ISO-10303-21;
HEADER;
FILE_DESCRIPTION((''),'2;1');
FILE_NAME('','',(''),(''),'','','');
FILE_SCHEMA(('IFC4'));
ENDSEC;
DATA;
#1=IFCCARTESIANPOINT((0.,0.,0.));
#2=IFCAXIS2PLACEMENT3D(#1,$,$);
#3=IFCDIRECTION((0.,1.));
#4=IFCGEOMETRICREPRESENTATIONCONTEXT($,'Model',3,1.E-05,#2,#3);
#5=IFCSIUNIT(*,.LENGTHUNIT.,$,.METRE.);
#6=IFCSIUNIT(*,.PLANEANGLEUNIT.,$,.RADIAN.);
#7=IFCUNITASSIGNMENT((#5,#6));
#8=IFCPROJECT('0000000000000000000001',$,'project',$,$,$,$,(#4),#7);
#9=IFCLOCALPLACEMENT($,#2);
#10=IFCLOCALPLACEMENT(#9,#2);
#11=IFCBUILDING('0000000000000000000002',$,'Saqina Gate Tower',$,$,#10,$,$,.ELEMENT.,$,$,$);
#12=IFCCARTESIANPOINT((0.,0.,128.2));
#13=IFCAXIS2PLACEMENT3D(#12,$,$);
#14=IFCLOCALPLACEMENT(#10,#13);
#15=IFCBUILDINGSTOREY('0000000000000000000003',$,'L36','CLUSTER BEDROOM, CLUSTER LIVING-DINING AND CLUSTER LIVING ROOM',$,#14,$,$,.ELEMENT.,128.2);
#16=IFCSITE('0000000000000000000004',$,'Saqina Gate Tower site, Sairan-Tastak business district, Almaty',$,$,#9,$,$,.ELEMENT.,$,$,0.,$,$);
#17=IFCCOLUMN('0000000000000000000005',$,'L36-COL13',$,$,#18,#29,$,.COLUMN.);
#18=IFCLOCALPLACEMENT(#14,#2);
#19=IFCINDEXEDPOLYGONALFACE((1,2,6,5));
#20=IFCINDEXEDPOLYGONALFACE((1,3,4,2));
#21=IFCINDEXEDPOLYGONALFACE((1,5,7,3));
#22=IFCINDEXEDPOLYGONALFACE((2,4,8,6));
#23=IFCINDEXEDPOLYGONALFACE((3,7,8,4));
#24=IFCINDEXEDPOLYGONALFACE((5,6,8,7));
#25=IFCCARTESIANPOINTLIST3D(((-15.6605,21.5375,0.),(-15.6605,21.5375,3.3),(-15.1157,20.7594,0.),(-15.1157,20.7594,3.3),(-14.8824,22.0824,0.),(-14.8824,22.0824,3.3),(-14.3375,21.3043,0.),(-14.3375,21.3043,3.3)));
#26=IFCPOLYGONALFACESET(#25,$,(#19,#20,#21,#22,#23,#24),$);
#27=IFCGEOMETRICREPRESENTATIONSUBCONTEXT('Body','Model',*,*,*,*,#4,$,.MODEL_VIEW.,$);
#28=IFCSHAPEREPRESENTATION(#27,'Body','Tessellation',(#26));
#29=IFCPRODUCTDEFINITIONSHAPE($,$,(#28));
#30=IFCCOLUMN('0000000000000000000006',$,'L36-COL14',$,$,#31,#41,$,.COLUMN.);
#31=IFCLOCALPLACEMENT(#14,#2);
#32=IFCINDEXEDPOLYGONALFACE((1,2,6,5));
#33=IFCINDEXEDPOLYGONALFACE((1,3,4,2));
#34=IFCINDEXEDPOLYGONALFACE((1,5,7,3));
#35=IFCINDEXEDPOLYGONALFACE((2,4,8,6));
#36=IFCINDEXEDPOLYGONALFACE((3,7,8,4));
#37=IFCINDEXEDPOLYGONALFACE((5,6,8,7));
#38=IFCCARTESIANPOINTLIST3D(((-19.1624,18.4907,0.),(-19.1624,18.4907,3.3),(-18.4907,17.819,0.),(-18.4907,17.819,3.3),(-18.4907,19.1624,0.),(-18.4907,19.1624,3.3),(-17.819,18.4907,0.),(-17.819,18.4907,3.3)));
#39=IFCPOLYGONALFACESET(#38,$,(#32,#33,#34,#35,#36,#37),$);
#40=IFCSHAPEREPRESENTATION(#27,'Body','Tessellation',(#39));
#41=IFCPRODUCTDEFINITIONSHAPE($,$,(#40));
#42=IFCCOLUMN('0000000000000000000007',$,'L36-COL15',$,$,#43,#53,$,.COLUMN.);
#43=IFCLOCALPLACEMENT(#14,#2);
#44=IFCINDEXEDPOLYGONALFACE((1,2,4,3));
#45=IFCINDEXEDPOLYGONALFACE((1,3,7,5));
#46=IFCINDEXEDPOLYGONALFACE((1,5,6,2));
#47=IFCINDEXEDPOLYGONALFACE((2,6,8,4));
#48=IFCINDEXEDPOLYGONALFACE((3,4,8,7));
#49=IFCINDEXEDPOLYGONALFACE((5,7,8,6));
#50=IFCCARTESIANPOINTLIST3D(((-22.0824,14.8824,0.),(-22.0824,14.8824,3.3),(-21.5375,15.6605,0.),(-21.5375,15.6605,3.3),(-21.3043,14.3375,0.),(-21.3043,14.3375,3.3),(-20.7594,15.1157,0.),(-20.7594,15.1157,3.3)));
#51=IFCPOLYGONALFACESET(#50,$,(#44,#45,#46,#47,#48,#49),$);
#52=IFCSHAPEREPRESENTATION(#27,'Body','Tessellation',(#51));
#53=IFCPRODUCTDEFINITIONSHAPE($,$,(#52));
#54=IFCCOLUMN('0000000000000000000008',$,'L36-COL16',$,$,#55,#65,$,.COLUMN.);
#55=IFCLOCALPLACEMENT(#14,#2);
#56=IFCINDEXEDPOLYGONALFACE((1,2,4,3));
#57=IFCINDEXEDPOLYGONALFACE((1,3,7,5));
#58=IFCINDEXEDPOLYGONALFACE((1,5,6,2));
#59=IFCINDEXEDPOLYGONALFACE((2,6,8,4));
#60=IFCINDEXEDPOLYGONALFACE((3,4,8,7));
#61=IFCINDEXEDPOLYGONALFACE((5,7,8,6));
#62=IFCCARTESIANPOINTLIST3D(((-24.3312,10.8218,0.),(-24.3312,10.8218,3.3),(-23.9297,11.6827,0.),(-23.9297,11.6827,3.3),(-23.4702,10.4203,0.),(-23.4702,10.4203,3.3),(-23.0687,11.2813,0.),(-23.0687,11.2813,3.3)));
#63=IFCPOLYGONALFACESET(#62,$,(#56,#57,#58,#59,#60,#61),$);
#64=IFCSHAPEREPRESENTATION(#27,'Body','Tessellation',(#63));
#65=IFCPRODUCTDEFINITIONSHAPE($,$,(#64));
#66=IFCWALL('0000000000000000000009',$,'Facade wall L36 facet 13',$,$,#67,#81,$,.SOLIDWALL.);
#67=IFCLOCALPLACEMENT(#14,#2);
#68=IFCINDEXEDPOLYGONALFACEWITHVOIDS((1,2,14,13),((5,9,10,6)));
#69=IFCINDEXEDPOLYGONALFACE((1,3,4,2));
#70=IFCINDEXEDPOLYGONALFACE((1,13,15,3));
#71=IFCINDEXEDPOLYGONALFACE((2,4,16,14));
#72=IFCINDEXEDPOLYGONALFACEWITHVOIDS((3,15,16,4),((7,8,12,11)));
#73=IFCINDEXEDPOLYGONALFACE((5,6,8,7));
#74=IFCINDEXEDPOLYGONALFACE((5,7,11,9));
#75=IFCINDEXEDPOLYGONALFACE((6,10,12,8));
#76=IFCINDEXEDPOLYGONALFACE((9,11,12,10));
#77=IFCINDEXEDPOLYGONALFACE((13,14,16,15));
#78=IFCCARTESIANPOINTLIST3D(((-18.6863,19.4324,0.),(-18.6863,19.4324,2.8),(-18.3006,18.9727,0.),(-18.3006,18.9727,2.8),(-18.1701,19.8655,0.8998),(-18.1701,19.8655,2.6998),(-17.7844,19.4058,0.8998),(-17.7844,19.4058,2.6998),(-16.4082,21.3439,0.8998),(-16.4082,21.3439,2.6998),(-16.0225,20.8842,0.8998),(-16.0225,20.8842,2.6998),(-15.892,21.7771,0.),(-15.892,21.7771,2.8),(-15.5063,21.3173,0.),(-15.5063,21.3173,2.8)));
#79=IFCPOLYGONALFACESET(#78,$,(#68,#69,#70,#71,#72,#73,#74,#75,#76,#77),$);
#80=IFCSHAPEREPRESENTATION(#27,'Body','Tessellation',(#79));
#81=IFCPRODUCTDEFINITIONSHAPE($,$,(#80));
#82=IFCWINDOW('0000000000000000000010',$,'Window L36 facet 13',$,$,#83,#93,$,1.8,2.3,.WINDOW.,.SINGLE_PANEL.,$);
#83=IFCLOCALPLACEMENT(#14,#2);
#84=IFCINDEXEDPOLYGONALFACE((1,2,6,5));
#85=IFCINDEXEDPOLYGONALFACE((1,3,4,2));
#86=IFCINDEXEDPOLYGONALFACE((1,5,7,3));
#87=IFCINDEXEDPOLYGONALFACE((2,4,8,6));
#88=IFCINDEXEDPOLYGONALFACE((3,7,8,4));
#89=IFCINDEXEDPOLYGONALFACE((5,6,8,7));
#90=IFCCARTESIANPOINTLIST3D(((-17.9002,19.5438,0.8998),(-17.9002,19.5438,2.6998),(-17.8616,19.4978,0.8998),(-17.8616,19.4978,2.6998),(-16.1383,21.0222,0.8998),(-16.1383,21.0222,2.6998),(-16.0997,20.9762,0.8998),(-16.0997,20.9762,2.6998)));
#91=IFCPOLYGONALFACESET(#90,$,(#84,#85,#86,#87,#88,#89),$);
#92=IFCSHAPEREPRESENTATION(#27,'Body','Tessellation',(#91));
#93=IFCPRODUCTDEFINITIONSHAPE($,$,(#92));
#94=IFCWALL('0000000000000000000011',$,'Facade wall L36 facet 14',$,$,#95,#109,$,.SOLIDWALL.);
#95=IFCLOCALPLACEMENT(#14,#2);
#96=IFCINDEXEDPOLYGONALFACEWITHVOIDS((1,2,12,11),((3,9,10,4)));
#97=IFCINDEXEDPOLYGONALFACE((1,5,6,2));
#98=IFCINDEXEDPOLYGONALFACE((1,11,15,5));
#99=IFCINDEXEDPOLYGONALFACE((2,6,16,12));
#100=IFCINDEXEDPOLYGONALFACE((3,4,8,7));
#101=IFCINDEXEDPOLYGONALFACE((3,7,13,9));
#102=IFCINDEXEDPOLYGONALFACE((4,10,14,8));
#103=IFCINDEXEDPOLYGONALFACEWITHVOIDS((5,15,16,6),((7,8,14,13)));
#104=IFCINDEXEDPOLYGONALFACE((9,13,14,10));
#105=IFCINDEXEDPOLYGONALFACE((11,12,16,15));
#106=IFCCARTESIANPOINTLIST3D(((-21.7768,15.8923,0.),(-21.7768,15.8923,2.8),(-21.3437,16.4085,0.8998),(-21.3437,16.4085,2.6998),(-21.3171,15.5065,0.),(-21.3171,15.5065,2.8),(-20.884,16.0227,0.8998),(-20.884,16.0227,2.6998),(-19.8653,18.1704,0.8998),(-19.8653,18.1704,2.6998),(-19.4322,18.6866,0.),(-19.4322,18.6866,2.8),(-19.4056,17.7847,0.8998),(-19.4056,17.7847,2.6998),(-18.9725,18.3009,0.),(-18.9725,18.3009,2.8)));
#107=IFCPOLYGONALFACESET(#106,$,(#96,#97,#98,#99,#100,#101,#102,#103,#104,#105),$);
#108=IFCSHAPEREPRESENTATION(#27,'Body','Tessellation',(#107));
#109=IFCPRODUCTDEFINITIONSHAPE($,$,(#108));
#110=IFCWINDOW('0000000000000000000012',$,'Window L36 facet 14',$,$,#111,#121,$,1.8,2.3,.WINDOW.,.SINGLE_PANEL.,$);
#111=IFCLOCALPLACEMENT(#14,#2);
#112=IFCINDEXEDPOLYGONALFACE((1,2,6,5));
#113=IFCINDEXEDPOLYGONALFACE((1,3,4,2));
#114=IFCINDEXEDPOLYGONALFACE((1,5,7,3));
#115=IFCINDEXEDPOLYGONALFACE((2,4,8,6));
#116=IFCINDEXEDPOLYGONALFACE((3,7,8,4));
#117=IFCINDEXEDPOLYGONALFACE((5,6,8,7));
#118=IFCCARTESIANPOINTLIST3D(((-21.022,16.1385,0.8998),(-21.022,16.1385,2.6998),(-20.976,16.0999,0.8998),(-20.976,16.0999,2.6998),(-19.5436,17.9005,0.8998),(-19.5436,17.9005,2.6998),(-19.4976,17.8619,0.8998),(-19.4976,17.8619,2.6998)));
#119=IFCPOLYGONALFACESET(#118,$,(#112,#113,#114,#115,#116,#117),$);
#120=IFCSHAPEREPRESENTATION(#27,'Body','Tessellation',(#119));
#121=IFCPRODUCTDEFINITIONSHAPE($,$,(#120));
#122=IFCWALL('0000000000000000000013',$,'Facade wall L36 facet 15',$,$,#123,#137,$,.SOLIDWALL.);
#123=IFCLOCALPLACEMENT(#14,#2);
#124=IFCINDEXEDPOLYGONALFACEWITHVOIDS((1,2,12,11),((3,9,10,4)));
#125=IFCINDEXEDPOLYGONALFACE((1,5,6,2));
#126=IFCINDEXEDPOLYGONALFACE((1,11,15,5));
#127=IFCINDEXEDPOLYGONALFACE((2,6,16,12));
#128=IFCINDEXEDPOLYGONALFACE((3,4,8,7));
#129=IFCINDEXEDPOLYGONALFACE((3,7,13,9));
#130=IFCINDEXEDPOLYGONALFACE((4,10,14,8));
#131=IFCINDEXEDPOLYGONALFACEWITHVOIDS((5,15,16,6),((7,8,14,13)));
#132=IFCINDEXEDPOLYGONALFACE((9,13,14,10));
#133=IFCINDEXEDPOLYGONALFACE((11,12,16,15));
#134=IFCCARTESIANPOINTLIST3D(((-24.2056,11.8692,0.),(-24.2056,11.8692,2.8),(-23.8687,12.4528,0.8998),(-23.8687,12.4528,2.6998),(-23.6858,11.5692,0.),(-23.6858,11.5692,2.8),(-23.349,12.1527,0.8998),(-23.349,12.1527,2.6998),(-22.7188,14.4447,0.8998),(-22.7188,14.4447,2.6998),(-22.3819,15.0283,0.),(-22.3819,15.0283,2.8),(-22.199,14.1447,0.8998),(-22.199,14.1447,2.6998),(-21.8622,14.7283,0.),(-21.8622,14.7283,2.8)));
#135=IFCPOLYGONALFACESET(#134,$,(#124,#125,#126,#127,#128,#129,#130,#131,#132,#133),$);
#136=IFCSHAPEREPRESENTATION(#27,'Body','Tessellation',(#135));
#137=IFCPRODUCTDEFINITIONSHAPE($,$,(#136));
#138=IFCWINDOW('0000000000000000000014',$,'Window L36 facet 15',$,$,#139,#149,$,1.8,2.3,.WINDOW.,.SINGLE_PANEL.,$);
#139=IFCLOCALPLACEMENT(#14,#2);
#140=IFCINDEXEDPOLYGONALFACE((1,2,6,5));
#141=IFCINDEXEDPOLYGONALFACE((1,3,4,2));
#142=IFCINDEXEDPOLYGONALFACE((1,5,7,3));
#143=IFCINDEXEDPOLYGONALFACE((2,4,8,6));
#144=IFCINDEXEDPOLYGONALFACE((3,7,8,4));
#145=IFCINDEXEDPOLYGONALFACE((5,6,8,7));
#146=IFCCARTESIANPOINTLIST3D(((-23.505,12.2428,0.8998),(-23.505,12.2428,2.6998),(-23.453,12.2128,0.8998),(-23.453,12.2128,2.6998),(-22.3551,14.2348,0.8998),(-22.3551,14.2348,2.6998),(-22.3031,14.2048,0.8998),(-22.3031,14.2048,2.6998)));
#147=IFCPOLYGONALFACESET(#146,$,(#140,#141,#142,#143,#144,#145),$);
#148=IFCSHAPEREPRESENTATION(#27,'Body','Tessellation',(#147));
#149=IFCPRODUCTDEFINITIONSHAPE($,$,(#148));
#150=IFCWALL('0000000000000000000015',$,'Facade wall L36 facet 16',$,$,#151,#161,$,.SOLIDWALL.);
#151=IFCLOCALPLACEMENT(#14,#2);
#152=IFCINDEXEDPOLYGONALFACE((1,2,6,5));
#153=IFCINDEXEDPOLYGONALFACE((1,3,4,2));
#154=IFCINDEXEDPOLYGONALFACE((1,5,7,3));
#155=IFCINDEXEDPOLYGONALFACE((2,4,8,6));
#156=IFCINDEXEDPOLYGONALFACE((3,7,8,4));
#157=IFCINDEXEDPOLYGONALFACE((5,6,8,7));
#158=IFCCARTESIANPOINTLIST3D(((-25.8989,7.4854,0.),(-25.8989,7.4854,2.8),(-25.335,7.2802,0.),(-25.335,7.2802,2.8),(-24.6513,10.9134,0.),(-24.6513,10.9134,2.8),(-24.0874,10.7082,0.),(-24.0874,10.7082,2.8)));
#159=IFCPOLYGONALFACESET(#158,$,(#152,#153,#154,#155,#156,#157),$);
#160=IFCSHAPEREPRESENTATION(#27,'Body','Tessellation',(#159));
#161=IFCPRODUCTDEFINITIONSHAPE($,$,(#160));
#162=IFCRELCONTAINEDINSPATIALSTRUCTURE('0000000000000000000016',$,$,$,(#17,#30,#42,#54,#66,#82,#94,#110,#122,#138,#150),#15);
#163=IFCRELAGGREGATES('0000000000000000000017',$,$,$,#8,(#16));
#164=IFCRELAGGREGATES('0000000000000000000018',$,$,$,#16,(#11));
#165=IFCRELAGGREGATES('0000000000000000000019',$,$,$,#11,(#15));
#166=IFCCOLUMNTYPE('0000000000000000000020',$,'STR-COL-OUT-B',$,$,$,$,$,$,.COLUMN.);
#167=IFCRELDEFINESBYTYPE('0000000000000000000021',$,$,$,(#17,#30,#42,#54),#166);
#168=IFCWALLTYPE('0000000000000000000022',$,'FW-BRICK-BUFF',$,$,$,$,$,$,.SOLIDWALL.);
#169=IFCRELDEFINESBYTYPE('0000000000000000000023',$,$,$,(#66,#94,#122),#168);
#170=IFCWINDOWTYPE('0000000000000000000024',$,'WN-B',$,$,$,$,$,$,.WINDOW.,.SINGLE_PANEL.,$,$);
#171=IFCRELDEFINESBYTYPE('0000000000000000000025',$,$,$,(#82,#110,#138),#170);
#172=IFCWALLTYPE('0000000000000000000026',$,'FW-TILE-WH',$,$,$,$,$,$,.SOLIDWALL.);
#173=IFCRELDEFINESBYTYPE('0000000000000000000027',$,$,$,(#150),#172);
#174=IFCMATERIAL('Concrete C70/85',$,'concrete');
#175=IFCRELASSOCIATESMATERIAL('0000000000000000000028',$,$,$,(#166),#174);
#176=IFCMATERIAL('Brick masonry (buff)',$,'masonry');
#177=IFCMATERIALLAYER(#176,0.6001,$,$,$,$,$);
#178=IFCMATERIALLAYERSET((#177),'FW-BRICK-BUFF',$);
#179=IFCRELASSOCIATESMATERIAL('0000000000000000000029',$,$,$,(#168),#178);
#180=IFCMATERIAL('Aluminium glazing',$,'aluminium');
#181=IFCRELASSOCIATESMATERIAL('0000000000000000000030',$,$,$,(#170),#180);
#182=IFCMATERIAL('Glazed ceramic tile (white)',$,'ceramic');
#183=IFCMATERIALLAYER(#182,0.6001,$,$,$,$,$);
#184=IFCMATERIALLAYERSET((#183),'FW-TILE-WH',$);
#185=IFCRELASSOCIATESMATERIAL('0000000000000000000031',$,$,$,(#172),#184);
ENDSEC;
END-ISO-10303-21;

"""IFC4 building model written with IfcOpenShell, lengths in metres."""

from ifc_helpers import new_model, si_unit, direction, frame, frame_2d, origin, origin_2d, place, context, subcontext, project, spatial, rectangle, extrude, material, layer, layer_set, material_profile, profile_set, type_object, element, fill, save


model = new_model("IFC4")

# Units and contexts
model_context = context("Model", 3, precision=1e-05, world=origin(), true_north=direction((0.0, 1.0)))
body_context = subcontext(model_context, "Body", "Model", "MODEL_VIEW")
ifc_project = project(units=[si_unit("LENGTHUNIT", "METRE"), si_unit("PLANEANGLEUNIT", "RADIAN")], contexts=[model_context])

# Site, building, storey
site_placement = place(None, origin())
site = spatial("IfcSite", under=ifc_project, at=site_placement, Name="Saqina Gate Tower site, Sairan-Tastak business district, Almaty", CompositionType="ELEMENT", RefElevation=0.0)
building_placement = place(site_placement, origin())
building = spatial("IfcBuilding", under=site, at=building_placement, Name="Saqina Gate Tower", CompositionType="ELEMENT")
storey_placement = place(building_placement, frame((0.0, 0.0, 128.2)))
storey = spatial("IfcBuildingStorey", under=building, at=storey_placement, Name="L36", Description="CLUSTER BEDROOM, CLUSTER LIVING-DINING AND CLUSTER LIVING ROOM", CompositionType="ELEMENT", Elevation=128.2)

# Columns
ifc_material_1 = material(Name="Concrete C70/85", Category="concrete")
ifc_material_profile = material_profile(ifc_material_1, rectangle(XDim=0.95, YDim=0.95, at=origin_2d()), Name="RC 950x950")
ifc_profile_set = profile_set([ifc_material_profile], Name="Concrete C70/85")
column_type = type_object("IfcColumnType", Name="STR-COL-OUT-B", PredefinedType="COLUMN", material=ifc_profile_set)
for number, where, z_axis, x_axis, name in (
    (1, (-14.999, 21.4209, 0.0), (0.0, 0.0, 1.0), (-0.573576, 0.819152, 0.0), "L36-COL13"),
    (2, (-18.4907, 18.4907, 0.0), (0.0, 0.0, 1.0), (-0.707107, 0.707107, 0.0), "L36-COL14"),
    (3, (-21.4209, 14.999, 0.0), (0.0, 0.0, 1.0), (-0.819152, 0.573576, 0.0), "L36-COL15"),
    (4, (-23.7, 11.0515, 0.0), (0.0, 0.0, 1.0), (-0.906308, 0.422618, 0.0), "L36-COL16"),
):
    element("IfcColumn", number, at=place(storey_placement, frame(where, z_axis=z_axis, x_axis=x_axis)), inside=storey, type_object=column_type, Name=name, PredefinedType="COLUMN", context=body_context, shape_type="SweptSolid", body=[
        extrude(rectangle(XDim=0.95, YDim=0.95, at=origin_2d()), origin(), (0.0, 0.0, 1.0), 3.3),
    ])

# Walls, openings, windows
ifc_material_2 = material(Name="Brick masonry (buff)", Category="masonry")
ifc_layer_1 = layer(ifc_material_2, 0.6001)
ifc_layer_set_1 = layer_set([ifc_layer_1], Name="FW-BRICK-BUFF")
wall_type_1 = type_object("IfcWallType", Name="FW-BRICK-BUFF", PredefinedType="SOLIDWALL", material=ifc_layer_set_1)
wall_1_placement = place(storey_placement, frame((-15.6992, 21.5471, 0.0), z_axis=(0.0, 0.0, 1.0), x_axis=(-0.766055, -0.642774, 0.0)))
wall_1 = element("IfcWall", 5, at=wall_1_placement, inside=storey, type_object=wall_type_1, Name="Facade wall L36 facet 13", PredefinedType="SOLIDWALL", context=body_context, shape_type="SweptSolid", body=[
    extrude(rectangle(XDim=3.6477, YDim=0.6001, at=frame_2d((1.8237, 0.0))), origin(), (0.0, 0.0, 1.0), 2.8),
])
opening_1_placement = place(wall_1_placement, frame((0.6738, 0.0, 0.8999)))
opening_1 = element("IfcOpeningElement", 6, at=opening_1_placement, cuts=wall_1, PredefinedType="OPENING", context=body_context, shape_type="SweptSolid", body=[
    extrude(rectangle(XDim=2.3, YDim=1.8, at=frame_2d((1.1499, 0.8999))), frame((0.0, 0.312, 0.0), z_axis=(0.0, -1.0, 0.0), x_axis=(1.0, 0.0, 0.0)), (0.0, 0.0, 1.0), 0.624),
])
ifc_material_3 = material(Name="Aluminium glazing", Category="aluminium")
window_type = type_object("IfcWindowType", Name="WN-B", PartitioningType="SINGLE_PANEL", PredefinedType="WINDOW", material=ifc_material_3)
window_1_placement = place(opening_1_placement, origin())
window_1 = element("IfcWindow", 7, at=window_1_placement, inside=storey, type_object=window_type, Name="Window L36 facet 13", OverallHeight=1.8, OverallWidth=2.3, PartitioningType="SINGLE_PANEL", PredefinedType="WINDOW", context=body_context, shape_type="SweptSolid", body=[
    extrude(rectangle(XDim=2.3, YDim=1.8, at=frame_2d((1.1499, 0.8999))), frame((0.0, 0.1799, 0.0), z_axis=(0.0, -1.0, 0.0), x_axis=(1.0, 0.0, 0.0)), (0.0, 0.0, 1.0), 0.0601),
])
fill(opening_1, window_1)
wall_2_placement = place(storey_placement, frame((-19.2024, 18.4937, 0.0), z_axis=(0.0, 0.0, 1.0), x_axis=(-0.642774, -0.766055, 0.0)))
wall_2 = element("IfcWall", 8, at=wall_2_placement, inside=storey, type_object=wall_type_1, Name="Facade wall L36 facet 14", PredefinedType="SOLIDWALL", context=body_context, shape_type="SweptSolid", body=[
    extrude(rectangle(XDim=3.6477, YDim=0.6001, at=frame_2d((1.8237, 0.0))), origin(), (0.0, 0.0, 1.0), 2.8),
])
opening_2_placement = place(wall_2_placement, frame((0.6738, 0.0, 0.8999)))
opening_2 = element("IfcOpeningElement", 9, at=opening_2_placement, cuts=wall_2, PredefinedType="OPENING", context=body_context, shape_type="SweptSolid", body=[
    extrude(rectangle(XDim=2.3, YDim=1.8, at=frame_2d((1.1499, 0.8999))), frame((0.0, 0.312, 0.0), z_axis=(0.0, -1.0, 0.0), x_axis=(1.0, 0.0, 0.0)), (0.0, 0.0, 1.0), 0.624),
])
window_2_placement = place(opening_2_placement, origin())
window_2 = element("IfcWindow", 10, at=window_2_placement, inside=storey, type_object=window_type, Name="Window L36 facet 14", OverallHeight=1.8, OverallWidth=2.3, PartitioningType="SINGLE_PANEL", PredefinedType="WINDOW", context=body_context, shape_type="SweptSolid", body=[
    extrude(rectangle(XDim=2.3, YDim=1.8, at=frame_2d((1.1499, 0.8999))), frame((0.0, 0.1799, 0.0), z_axis=(0.0, -1.0, 0.0), x_axis=(1.0, 0.0, 0.0)), (0.0, 0.0, 1.0), 0.0601),
])
fill(opening_2, window_2)
wall_3_placement = place(storey_placement, frame((-22.1221, 14.8782, 0.0), z_axis=(0.0, 0.0, 1.0), x_axis=(-0.499954, -0.866052, 0.0)))
wall_3 = element("IfcWall", 11, at=wall_3_placement, inside=storey, type_object=wall_type_1, Name="Facade wall L36 facet 15", PredefinedType="SOLIDWALL", context=body_context, shape_type="SweptSolid", body=[
    extrude(rectangle(XDim=3.6477, YDim=0.6001, at=frame_2d((1.8237, 0.0))), origin(), (0.0, 0.0, 1.0), 2.8),
])
opening_3_placement = place(wall_3_placement, frame((0.6738, 0.0, 0.8999)))
opening_3 = element("IfcOpeningElement", 12, at=opening_3_placement, cuts=wall_3, PredefinedType="OPENING", context=body_context, shape_type="SweptSolid", body=[
    extrude(rectangle(XDim=2.3, YDim=1.8, at=frame_2d((1.1499, 0.8999))), frame((0.0, 0.312, 0.0), z_axis=(0.0, -1.0, 0.0), x_axis=(1.0, 0.0, 0.0)), (0.0, 0.0, 1.0), 0.624),
])
window_3_placement = place(opening_3_placement, origin())
window_3 = element("IfcWindow", 13, at=window_3_placement, inside=storey, type_object=window_type, Name="Window L36 facet 15", OverallHeight=1.8, OverallWidth=2.3, PartitioningType="SINGLE_PANEL", PredefinedType="WINDOW", context=body_context, shape_type="SweptSolid", body=[
    extrude(rectangle(XDim=2.3, YDim=1.8, at=frame_2d((1.1499, 0.8999))), frame((0.0, 0.1799, 0.0), z_axis=(0.0, -1.0, 0.0), x_axis=(1.0, 0.0, 0.0)), (0.0, 0.0, 1.0), 0.0601),
])
fill(opening_3, window_3)

# Wall
ifc_material_4 = material(Name="Glazed ceramic tile (white)", Category="ceramic")
ifc_layer_2 = layer(ifc_material_4, 0.6001)
ifc_layer_set_2 = layer_set([ifc_layer_2], Name="FW-TILE-WH")
wall_type_2 = type_object("IfcWallType", Name="FW-TILE-WH", PredefinedType="SOLIDWALL", material=ifc_layer_set_2)
wall_4_placement = place(storey_placement, frame((-24.3694, 10.8108, 0.0), z_axis=(0.0, 0.0, 1.0), x_axis=(-0.34199, -0.939704, 0.0)))
element("IfcWall", 14, at=wall_4_placement, inside=storey, type_object=wall_type_2, Name="Facade wall L36 facet 16", PredefinedType="SOLIDWALL", context=body_context, shape_type="SweptSolid", body=[
    extrude(rectangle(XDim=3.6479, YDim=0.6001, at=frame_2d((1.824, 0.0))), origin(), (0.0, 0.0, 1.0), 2.8),
])

save(model, "model.ifc")
